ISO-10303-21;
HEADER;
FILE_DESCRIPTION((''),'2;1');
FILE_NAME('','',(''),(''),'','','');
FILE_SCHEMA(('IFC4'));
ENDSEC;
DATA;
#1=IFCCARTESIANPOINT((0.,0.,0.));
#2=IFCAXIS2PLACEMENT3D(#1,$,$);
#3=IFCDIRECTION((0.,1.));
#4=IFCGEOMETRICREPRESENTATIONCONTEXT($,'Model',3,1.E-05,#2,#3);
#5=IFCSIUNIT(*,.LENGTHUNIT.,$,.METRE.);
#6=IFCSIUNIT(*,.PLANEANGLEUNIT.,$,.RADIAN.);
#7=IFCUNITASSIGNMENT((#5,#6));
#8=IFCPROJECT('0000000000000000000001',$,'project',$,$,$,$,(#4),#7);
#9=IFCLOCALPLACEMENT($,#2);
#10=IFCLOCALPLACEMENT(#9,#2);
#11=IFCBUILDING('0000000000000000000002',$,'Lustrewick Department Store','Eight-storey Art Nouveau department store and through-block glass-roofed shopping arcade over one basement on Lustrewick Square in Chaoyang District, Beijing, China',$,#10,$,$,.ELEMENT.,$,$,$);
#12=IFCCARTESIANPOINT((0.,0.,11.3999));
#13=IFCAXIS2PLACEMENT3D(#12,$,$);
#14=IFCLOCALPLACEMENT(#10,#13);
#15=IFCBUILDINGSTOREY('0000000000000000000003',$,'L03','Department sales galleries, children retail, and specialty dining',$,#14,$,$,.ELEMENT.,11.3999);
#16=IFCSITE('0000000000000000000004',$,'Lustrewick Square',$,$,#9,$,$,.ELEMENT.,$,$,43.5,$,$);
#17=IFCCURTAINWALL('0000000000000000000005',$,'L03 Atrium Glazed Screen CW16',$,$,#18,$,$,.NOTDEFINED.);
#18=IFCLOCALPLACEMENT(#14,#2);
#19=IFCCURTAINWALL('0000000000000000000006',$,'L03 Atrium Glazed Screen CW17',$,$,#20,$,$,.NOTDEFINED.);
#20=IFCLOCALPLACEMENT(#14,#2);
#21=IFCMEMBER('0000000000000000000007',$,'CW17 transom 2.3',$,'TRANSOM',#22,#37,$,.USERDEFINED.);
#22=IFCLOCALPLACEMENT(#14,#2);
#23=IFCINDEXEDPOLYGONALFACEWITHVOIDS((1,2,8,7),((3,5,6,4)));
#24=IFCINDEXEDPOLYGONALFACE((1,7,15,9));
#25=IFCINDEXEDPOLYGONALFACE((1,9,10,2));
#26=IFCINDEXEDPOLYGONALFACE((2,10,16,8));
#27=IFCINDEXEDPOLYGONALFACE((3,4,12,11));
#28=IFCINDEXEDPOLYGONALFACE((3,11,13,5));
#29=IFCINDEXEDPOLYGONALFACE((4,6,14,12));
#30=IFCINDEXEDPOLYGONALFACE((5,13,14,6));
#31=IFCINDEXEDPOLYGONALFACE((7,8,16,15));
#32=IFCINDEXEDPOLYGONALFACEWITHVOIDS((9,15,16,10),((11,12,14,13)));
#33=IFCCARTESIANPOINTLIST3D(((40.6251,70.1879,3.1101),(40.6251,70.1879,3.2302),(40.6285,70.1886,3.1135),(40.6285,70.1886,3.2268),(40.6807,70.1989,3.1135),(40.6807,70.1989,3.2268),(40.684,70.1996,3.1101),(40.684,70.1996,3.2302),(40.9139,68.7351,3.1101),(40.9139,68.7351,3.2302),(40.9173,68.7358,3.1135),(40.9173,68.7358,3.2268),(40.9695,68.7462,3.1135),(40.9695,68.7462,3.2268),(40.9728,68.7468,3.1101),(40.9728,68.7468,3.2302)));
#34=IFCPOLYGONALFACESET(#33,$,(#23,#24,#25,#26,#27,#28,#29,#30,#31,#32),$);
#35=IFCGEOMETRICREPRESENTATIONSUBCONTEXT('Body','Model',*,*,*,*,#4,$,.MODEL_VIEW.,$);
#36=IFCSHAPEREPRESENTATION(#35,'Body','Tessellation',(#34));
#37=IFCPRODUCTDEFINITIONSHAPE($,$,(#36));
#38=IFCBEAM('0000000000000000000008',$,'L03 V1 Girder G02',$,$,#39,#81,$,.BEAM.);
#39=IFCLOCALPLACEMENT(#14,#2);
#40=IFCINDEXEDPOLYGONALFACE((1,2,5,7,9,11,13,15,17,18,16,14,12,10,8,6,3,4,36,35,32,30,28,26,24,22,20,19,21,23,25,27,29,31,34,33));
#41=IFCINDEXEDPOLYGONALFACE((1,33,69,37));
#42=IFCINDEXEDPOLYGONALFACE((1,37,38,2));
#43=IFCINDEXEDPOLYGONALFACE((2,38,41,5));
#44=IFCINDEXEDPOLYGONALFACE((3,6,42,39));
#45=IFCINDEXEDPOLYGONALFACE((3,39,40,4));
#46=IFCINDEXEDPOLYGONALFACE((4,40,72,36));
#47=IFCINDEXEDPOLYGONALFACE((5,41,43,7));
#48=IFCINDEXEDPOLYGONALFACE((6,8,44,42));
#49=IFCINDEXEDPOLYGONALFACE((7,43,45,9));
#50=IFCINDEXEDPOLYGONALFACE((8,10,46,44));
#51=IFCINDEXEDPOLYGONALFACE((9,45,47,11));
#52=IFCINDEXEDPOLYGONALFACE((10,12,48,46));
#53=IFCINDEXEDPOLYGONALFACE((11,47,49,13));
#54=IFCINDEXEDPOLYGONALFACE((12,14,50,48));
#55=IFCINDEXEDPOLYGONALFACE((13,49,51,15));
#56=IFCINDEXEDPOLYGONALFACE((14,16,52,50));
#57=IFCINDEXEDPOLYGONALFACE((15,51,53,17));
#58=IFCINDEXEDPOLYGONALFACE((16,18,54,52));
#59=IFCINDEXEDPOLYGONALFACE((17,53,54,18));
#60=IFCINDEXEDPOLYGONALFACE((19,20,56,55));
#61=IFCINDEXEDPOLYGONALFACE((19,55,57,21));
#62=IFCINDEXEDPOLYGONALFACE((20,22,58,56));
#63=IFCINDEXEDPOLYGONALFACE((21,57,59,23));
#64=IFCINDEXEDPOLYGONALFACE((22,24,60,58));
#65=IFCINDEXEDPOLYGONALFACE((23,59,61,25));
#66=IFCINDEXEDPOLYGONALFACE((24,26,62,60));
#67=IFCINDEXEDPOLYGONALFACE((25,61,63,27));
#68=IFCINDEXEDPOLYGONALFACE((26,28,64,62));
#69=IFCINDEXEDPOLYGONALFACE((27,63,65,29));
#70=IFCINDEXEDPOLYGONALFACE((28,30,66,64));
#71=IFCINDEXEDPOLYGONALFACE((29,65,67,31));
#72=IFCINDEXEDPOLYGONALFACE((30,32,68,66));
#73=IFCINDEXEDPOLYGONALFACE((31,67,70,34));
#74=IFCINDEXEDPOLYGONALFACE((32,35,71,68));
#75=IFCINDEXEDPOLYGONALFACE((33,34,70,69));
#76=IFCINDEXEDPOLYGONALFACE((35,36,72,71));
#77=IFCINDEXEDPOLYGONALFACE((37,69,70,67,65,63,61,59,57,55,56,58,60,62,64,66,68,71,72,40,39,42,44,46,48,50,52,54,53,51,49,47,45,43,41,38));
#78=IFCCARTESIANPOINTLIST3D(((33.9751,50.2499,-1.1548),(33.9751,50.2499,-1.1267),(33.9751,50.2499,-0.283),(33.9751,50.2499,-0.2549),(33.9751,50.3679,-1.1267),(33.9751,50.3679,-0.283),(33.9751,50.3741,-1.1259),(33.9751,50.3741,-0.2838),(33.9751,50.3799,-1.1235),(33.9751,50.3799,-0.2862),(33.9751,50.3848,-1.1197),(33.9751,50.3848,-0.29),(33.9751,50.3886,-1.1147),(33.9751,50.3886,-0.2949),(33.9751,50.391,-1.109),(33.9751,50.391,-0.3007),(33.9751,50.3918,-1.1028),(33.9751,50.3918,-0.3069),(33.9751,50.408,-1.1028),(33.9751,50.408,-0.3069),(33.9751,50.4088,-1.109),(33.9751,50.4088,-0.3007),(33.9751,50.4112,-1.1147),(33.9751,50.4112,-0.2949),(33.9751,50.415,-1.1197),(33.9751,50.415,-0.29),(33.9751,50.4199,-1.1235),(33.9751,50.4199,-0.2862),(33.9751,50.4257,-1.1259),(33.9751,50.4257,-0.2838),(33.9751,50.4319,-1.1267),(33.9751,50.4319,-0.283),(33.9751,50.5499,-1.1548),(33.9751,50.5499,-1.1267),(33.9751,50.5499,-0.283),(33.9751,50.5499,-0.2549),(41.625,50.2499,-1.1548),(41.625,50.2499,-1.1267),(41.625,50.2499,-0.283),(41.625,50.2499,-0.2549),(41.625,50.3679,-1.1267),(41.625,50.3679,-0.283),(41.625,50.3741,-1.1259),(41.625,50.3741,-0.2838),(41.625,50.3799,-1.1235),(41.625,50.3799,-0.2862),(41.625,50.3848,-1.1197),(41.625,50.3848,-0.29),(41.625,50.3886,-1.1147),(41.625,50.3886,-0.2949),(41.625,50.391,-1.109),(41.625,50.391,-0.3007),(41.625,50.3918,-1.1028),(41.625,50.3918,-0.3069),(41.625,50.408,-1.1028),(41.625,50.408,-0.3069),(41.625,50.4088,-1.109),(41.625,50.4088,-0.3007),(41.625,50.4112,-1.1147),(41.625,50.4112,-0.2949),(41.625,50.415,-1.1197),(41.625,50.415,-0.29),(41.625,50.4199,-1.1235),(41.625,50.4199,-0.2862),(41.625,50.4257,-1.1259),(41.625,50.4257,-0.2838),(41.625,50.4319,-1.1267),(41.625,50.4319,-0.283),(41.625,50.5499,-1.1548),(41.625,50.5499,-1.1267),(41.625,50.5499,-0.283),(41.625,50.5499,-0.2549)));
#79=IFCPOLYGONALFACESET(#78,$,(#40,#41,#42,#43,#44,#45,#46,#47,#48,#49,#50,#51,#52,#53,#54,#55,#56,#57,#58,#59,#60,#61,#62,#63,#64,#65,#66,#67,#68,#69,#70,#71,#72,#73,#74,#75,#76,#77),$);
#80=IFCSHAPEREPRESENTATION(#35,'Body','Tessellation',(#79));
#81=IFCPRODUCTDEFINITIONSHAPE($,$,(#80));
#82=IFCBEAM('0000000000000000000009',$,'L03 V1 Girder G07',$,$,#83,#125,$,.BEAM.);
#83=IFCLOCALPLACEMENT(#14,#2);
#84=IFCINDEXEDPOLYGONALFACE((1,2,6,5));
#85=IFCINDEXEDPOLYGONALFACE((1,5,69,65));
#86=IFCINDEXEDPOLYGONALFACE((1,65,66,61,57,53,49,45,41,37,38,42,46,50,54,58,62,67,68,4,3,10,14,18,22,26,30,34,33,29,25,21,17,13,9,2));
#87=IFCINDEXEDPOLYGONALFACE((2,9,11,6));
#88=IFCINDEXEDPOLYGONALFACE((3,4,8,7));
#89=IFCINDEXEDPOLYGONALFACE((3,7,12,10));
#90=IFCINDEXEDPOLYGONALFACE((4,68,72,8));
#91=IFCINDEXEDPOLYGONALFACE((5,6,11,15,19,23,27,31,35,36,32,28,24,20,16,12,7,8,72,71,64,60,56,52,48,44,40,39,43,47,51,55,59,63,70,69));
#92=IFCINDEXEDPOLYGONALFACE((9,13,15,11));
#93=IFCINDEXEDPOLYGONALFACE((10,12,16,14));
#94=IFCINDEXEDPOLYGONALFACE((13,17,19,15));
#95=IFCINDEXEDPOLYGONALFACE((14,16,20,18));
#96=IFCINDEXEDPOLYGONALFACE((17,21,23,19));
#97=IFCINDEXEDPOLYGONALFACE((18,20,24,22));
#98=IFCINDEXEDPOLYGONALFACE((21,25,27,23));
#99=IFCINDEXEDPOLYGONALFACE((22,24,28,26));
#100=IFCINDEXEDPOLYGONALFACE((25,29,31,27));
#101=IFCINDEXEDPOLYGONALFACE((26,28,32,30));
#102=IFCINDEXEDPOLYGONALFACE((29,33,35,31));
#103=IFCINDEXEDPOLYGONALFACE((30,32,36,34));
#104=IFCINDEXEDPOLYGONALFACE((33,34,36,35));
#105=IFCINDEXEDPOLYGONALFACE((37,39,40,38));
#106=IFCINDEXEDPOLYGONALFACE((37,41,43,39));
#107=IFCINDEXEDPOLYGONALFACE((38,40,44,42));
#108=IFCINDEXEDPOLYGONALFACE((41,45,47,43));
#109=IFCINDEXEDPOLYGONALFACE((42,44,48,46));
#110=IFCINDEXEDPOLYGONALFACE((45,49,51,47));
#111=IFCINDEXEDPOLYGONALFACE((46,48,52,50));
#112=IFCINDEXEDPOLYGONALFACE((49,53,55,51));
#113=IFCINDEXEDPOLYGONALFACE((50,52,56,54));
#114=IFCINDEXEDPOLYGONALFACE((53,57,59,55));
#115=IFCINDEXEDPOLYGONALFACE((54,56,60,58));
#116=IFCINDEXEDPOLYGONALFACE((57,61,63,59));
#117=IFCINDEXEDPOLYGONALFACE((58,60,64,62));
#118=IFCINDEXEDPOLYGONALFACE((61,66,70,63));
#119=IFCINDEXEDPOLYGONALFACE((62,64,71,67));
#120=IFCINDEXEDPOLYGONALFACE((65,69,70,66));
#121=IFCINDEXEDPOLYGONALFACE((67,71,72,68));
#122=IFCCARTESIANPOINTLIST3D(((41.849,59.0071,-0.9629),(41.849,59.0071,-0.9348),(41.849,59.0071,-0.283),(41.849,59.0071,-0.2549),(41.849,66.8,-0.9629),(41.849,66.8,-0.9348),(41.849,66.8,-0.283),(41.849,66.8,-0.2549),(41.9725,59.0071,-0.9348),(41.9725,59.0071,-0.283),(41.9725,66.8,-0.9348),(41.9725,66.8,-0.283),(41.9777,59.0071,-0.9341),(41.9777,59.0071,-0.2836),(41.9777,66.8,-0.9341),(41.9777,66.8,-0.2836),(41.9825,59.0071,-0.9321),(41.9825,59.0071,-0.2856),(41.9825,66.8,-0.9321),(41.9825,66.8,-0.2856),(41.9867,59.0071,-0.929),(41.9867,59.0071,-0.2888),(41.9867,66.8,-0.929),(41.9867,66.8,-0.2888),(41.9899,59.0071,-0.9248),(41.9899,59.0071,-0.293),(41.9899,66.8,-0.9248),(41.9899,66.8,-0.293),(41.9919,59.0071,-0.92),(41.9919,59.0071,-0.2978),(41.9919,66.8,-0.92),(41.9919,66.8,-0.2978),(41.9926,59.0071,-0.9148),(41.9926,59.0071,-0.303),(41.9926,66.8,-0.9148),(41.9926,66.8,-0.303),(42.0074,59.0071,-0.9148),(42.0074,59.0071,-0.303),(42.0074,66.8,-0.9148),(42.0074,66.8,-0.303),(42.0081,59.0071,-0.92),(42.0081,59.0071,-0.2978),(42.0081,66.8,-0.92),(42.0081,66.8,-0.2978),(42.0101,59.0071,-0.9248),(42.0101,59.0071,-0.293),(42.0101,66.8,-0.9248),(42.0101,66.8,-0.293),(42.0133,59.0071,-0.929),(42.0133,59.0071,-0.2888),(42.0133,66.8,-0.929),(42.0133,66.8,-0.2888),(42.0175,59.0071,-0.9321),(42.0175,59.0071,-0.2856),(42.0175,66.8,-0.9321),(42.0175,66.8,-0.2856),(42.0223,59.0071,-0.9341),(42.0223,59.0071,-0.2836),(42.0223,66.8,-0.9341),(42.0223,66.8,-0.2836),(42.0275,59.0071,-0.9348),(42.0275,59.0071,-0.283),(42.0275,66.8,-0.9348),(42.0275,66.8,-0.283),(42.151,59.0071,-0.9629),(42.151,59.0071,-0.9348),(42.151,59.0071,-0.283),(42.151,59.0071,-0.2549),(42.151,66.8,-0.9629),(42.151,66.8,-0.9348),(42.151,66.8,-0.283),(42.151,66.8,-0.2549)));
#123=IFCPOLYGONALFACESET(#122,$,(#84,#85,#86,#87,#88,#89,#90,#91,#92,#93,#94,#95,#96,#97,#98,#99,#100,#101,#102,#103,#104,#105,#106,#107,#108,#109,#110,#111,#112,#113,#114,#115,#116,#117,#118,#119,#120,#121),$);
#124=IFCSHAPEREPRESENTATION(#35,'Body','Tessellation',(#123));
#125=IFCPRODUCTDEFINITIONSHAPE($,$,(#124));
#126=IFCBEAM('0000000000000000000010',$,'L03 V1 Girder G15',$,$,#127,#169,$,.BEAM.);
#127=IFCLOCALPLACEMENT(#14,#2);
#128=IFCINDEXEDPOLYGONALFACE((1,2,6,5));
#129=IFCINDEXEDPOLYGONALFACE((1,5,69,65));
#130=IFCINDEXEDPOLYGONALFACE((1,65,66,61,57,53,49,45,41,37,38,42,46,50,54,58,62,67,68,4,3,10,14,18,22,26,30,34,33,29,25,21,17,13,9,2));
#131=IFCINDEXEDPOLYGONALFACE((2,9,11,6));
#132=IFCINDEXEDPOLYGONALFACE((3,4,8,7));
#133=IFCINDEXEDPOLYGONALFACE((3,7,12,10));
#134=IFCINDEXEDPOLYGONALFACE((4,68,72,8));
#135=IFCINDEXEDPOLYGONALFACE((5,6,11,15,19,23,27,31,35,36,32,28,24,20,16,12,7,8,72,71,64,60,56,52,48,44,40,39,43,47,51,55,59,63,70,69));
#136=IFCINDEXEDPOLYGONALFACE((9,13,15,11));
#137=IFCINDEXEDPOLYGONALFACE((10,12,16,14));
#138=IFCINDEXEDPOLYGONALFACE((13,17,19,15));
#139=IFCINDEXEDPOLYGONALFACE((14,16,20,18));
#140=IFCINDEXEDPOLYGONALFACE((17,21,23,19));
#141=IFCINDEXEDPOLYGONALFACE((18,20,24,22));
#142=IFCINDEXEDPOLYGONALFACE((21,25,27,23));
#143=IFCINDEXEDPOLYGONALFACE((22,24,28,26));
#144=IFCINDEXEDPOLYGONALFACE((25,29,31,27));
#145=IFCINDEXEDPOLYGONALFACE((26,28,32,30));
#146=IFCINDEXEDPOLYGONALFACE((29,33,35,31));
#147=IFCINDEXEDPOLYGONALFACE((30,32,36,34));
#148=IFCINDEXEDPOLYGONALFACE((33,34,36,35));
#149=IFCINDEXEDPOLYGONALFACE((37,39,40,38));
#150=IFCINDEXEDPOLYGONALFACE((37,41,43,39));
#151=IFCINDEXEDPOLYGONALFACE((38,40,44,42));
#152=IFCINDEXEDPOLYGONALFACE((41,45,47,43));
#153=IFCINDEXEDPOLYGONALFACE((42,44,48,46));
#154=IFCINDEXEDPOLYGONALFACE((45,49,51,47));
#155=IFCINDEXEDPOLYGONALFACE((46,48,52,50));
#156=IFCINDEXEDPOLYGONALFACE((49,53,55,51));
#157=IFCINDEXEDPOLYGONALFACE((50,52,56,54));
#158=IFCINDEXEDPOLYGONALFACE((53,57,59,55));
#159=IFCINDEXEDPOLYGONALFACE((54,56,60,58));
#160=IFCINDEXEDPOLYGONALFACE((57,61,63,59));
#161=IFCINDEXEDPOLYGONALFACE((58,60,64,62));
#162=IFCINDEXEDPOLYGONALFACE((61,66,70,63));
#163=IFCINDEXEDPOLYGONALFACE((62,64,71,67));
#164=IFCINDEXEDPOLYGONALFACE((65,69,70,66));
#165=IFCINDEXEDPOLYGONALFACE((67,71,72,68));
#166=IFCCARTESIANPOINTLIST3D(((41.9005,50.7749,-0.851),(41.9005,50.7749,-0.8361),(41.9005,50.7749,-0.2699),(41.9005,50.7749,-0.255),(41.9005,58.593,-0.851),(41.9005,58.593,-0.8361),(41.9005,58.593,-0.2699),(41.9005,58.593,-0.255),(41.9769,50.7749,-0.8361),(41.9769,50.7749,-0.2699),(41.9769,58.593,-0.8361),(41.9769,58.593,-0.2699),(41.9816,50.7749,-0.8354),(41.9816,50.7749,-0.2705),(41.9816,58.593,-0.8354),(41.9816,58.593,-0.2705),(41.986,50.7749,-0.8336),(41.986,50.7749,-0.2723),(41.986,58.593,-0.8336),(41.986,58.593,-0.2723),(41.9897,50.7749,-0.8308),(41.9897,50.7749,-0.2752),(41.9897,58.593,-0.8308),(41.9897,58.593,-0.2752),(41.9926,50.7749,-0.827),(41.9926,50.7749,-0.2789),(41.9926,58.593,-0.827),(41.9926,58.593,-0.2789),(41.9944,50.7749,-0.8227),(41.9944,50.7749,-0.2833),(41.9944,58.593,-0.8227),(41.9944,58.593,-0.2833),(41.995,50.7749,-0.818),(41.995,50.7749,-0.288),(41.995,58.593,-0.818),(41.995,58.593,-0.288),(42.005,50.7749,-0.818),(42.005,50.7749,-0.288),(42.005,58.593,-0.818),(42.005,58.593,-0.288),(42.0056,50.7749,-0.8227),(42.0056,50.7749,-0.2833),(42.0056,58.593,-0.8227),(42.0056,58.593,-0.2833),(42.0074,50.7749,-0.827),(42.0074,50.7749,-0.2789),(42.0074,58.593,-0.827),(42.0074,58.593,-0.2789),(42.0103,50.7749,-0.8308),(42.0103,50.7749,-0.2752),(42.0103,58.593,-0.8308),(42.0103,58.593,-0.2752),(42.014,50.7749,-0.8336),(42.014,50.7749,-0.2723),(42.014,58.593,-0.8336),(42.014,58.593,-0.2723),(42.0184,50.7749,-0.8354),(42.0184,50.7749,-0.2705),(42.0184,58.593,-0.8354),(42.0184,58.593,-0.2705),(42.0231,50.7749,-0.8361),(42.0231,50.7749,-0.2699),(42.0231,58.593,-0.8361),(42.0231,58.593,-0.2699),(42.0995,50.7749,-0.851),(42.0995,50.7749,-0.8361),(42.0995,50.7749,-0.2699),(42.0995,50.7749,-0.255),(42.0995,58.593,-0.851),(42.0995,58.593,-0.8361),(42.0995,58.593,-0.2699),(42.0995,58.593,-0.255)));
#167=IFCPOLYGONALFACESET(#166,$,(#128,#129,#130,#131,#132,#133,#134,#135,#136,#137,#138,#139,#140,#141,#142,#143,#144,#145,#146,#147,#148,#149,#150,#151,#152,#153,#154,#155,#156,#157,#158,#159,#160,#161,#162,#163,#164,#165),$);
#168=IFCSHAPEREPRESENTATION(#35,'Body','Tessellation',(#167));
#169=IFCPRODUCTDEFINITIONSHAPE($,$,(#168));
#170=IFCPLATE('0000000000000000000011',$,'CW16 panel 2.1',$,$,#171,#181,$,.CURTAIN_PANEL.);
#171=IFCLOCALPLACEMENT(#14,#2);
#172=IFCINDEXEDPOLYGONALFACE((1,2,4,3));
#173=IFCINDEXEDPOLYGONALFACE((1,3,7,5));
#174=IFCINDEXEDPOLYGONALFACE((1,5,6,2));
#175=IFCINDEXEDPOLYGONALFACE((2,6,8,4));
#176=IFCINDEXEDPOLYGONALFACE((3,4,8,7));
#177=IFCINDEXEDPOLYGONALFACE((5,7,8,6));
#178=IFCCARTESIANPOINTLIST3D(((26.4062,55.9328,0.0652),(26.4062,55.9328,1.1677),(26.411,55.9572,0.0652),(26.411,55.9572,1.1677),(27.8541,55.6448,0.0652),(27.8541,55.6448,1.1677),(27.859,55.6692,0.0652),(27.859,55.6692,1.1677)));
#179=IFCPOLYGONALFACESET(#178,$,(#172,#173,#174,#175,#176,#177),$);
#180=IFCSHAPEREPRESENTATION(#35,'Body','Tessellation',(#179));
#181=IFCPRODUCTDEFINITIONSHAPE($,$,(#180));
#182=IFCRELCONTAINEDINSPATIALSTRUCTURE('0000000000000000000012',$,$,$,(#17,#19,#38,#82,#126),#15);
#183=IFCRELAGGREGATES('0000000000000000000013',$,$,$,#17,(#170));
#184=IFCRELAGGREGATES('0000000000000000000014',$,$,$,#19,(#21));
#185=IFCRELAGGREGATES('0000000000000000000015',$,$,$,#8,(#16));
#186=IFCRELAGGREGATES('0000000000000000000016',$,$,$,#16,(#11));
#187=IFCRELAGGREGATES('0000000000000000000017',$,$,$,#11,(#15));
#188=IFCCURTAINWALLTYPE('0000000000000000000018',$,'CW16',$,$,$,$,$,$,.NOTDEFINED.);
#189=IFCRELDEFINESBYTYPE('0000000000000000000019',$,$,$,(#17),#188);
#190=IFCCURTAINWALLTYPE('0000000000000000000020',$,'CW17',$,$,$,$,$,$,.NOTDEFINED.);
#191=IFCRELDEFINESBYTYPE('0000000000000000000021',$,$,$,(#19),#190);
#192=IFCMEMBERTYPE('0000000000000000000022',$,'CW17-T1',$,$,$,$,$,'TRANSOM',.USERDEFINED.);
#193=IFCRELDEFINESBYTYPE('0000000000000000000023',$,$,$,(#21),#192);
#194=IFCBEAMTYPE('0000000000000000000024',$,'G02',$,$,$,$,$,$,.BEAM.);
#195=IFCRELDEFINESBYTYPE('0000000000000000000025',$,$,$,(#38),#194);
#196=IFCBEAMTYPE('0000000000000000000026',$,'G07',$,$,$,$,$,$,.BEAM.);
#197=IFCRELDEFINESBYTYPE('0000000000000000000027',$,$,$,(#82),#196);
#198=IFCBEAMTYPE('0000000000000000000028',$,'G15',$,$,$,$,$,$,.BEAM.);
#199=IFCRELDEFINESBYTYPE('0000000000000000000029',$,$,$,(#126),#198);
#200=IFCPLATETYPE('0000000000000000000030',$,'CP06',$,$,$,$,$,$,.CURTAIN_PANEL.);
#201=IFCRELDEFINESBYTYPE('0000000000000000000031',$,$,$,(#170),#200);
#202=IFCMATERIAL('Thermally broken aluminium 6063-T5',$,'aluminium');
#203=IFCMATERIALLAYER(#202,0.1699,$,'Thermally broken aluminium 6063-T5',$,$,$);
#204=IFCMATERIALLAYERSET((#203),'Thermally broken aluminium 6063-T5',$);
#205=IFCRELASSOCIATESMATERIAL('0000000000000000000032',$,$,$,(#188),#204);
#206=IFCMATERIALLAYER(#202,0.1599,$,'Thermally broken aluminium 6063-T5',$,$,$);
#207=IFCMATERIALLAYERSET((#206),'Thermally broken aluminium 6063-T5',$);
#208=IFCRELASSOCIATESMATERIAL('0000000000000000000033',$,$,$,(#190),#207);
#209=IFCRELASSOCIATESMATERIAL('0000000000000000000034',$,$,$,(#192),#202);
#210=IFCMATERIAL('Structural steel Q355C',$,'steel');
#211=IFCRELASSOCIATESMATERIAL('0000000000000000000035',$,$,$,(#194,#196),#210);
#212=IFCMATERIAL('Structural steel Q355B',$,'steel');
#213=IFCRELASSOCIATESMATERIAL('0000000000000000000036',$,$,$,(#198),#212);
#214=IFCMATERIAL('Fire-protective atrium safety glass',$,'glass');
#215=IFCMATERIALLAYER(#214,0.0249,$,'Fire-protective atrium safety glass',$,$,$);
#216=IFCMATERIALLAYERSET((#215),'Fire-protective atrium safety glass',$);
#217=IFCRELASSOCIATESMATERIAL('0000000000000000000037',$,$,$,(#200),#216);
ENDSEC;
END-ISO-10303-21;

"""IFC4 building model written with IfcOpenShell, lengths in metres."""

from ifc_helpers import new_model, si_unit, direction, frame, origin, origin_2d, place, context, subcontext, project, spatial, rectangle, hollow_rectangle, i_section, extrude, material, layer, layer_set, material_profile, profile_set, type_object, element, aggregate, save


model = new_model("IFC4")

# Units and contexts
model_context = context("Model", 3, precision=1e-05, world=origin(), true_north=direction((0.0, 1.0)))
body_context = subcontext(model_context, "Body", "Model", "MODEL_VIEW")
ifc_project = project(units=[si_unit("LENGTHUNIT", "METRE"), si_unit("PLANEANGLEUNIT", "RADIAN")], contexts=[model_context])

# Site, building, storey
site_placement = place(None, origin())
site = spatial("IfcSite", under=ifc_project, at=site_placement, Name="Lustrewick Square", CompositionType="ELEMENT", RefElevation=43.5)
building_placement = place(site_placement, origin())
building = spatial("IfcBuilding", under=site, at=building_placement, Name="Lustrewick Department Store", Description="Eight-storey Art Nouveau department store and through-block glass-roofed shopping arcade over one basement on Lustrewick Square in Chaoyang District, Beijing, China", CompositionType="ELEMENT")
storey_placement = place(building_placement, frame((0.0, 0.0, 11.3999)))
storey = spatial("IfcBuildingStorey", under=building, at=storey_placement, Name="L03", Description="Department sales galleries, children retail, and specialty dining", CompositionType="ELEMENT", Elevation=11.3999)

# Shared definitions
ifc_material_1 = material(Name="Structural steel Q355B", Category="steel")

# Curtain walls, member
ifc_material_2 = material(Name="Thermally broken aluminium 6063-T5", Category="aluminium")
ifc_layer_1 = layer(ifc_material_2, 0.1699, Name="Thermally broken aluminium 6063-T5")
ifc_layer_set_1 = layer_set([ifc_layer_1], Name="Thermally broken aluminium 6063-T5")
curtain_wall_type_1 = type_object("IfcCurtainWallType", Name="CW16", PredefinedType="NOTDEFINED", material=ifc_layer_set_1)
curtain_wall_1_placement = place(storey_placement, origin())
curtain_wall_1 = element("IfcCurtainWall", 1, at=curtain_wall_1_placement, inside=storey, type_object=curtain_wall_type_1, Name="L03 Atrium Glazed Screen CW16", PredefinedType="NOTDEFINED")
ifc_layer_2 = layer(ifc_material_2, 0.1599, Name="Thermally broken aluminium 6063-T5")
ifc_layer_set_2 = layer_set([ifc_layer_2], Name="Thermally broken aluminium 6063-T5")
curtain_wall_type_2 = type_object("IfcCurtainWallType", Name="CW17", PredefinedType="NOTDEFINED", material=ifc_layer_set_2)
curtain_wall_2_placement = place(storey_placement, origin())
curtain_wall_2 = element("IfcCurtainWall", 2, at=curtain_wall_2_placement, inside=storey, type_object=curtain_wall_type_2, Name="L03 Atrium Glazed Screen CW17", PredefinedType="NOTDEFINED")
ifc_material_profile_1 = material_profile(ifc_material_2, hollow_rectangle(XDim=0.0601, YDim=0.1201, WallThickness=0.0034, at=origin_2d()), Name="ALU-T 60x120x3.5")
ifc_profile_set_1 = profile_set([ifc_material_profile_1], Name="Thermally broken aluminium 6063-T5")
member_type_1 = type_object("IfcMemberType", Name="CW17-T1", ElementType="TRANSOM", PredefinedType="USERDEFINED", material=ifc_profile_set_1)
member_1_placement = place(storey_placement, frame((40.9434, 68.741, 3.1702), z_axis=(-0.194975, 0.980808, 0.0), x_axis=(-0.980808, -0.194975, 0.0)))
member_1 = element("IfcMember", 3, at=member_1_placement, type_object=member_type_1, Name="CW17 transom 2.3", ObjectType="TRANSOM", PredefinedType="USERDEFINED", context=body_context, shape_type="SweptSolid", body=[
    extrude(hollow_rectangle(XDim=0.0601, YDim=0.1201, WallThickness=0.0034, at=origin_2d()), origin(), (0.0, 0.0, 1.0), 1.4812),
])

# Beams
ifc_material_3 = material(Name="Structural steel Q355C", Category="steel")
ifc_material_profile_2 = material_profile(ifc_material_3, i_section(OverallWidth=0.3, OverallDepth=0.8999, WebThickness=0.0161, FlangeThickness=0.0281, FilletRadius=0.0239, at=origin_2d()), Name="HN 900x300x16x28")
ifc_profile_set_2 = profile_set([ifc_material_profile_2], Name="Structural steel Q355C")
beam_type_1 = type_object("IfcBeamType", Name="G02", PredefinedType="BEAM", material=ifc_profile_set_2)
beam_1_placement = place(storey_placement, frame((33.9751, 50.3999, -0.7048), z_axis=(1.0, 0.0, 0.0), x_axis=(0.0, 1.0, 0.0)))
element("IfcBeam", 4, at=beam_1_placement, inside=storey, type_object=beam_type_1, Name="L03 V1 Girder G02", PredefinedType="BEAM", context=body_context, shape_type="SweptSolid", body=[
    extrude(i_section(OverallWidth=0.3, OverallDepth=0.8999, WebThickness=0.0161, FlangeThickness=0.0281, FilletRadius=0.0239, at=origin_2d()), origin(), (0.0, 0.0, 1.0), 7.6499),
])
ifc_material_profile_3 = material_profile(ifc_material_3, i_section(OverallWidth=0.302, OverallDepth=0.708, WebThickness=0.0149, FlangeThickness=0.0281, FilletRadius=0.02, at=origin_2d()), Name="HN 708x302x15x28")
ifc_profile_set_3 = profile_set([ifc_material_profile_3], Name="Structural steel Q355C")
beam_type_2 = type_object("IfcBeamType", Name="G07", PredefinedType="BEAM", material=ifc_profile_set_3)
beam_2_placement = place(storey_placement, frame((42.0, 59.0071, -0.6089), z_axis=(0.0, 1.0, 0.0), x_axis=(-1.0, 0.0, 0.0)))
element("IfcBeam", 5, at=beam_2_placement, inside=storey, type_object=beam_type_2, Name="L03 V1 Girder G07", PredefinedType="BEAM", context=body_context, shape_type="SweptSolid", body=[
    extrude(i_section(OverallWidth=0.302, OverallDepth=0.708, WebThickness=0.0149, FlangeThickness=0.0281, FilletRadius=0.02, at=origin_2d()), origin(), (0.0, 0.0, 1.0), 7.793),
])
ifc_material_profile_4 = material_profile(ifc_material_1, i_section(OverallWidth=0.199, OverallDepth=0.5959, WebThickness=0.01, FlangeThickness=0.0149, FilletRadius=0.0181, at=origin_2d()), Name="HN 596x199x10x15")
ifc_profile_set_4 = profile_set([ifc_material_profile_4], Name="Structural steel Q355B")
beam_type_3 = type_object("IfcBeamType", Name="G15", PredefinedType="BEAM", material=ifc_profile_set_4)
beam_3_placement = place(storey_placement, frame((42.0, 50.7749, -0.553), z_axis=(0.0, 1.0, 0.0), x_axis=(-1.0, 0.0, 0.0)))
element("IfcBeam", 6, at=beam_3_placement, inside=storey, type_object=beam_type_3, Name="L03 V1 Girder G15", PredefinedType="BEAM", context=body_context, shape_type="SweptSolid", body=[
    extrude(i_section(OverallWidth=0.199, OverallDepth=0.5959, WebThickness=0.01, FlangeThickness=0.0149, FilletRadius=0.0181, at=origin_2d()), origin(), (0.0, 0.0, 1.0), 7.8181),
])

# Plate
ifc_material_4 = material(Name="Fire-protective atrium safety glass", Category="glass")
ifc_layer_3 = layer(ifc_material_4, 0.0249, Name="Fire-protective atrium safety glass")
ifc_layer_set_3 = layer_set([ifc_layer_3], Name="Fire-protective atrium safety glass")
plate_type_1 = type_object("IfcPlateType", Name="CP06", PredefinedType="CURTAIN_PANEL", material=ifc_layer_set_3)
plate_1_placement = place(storey_placement, frame((27.1326, 55.801, 0.0652), z_axis=(0.0, 0.0, 1.0), x_axis=(0.980786, -0.195085, 0.0)))
plate_1 = element("IfcPlate", 7, at=plate_1_placement, type_object=plate_type_1, Name="CW16 panel 2.1", PredefinedType="CURTAIN_PANEL", context=body_context, shape_type="SweptSolid", body=[
    extrude(rectangle(XDim=1.4763, YDim=0.0249, at=origin_2d()), origin(), (0.0, 0.0, 1.0), 1.1025),
])
aggregate(curtain_wall_1, [plate_1])
aggregate(curtain_wall_2, [member_1])

save(model, "model.ifc")
